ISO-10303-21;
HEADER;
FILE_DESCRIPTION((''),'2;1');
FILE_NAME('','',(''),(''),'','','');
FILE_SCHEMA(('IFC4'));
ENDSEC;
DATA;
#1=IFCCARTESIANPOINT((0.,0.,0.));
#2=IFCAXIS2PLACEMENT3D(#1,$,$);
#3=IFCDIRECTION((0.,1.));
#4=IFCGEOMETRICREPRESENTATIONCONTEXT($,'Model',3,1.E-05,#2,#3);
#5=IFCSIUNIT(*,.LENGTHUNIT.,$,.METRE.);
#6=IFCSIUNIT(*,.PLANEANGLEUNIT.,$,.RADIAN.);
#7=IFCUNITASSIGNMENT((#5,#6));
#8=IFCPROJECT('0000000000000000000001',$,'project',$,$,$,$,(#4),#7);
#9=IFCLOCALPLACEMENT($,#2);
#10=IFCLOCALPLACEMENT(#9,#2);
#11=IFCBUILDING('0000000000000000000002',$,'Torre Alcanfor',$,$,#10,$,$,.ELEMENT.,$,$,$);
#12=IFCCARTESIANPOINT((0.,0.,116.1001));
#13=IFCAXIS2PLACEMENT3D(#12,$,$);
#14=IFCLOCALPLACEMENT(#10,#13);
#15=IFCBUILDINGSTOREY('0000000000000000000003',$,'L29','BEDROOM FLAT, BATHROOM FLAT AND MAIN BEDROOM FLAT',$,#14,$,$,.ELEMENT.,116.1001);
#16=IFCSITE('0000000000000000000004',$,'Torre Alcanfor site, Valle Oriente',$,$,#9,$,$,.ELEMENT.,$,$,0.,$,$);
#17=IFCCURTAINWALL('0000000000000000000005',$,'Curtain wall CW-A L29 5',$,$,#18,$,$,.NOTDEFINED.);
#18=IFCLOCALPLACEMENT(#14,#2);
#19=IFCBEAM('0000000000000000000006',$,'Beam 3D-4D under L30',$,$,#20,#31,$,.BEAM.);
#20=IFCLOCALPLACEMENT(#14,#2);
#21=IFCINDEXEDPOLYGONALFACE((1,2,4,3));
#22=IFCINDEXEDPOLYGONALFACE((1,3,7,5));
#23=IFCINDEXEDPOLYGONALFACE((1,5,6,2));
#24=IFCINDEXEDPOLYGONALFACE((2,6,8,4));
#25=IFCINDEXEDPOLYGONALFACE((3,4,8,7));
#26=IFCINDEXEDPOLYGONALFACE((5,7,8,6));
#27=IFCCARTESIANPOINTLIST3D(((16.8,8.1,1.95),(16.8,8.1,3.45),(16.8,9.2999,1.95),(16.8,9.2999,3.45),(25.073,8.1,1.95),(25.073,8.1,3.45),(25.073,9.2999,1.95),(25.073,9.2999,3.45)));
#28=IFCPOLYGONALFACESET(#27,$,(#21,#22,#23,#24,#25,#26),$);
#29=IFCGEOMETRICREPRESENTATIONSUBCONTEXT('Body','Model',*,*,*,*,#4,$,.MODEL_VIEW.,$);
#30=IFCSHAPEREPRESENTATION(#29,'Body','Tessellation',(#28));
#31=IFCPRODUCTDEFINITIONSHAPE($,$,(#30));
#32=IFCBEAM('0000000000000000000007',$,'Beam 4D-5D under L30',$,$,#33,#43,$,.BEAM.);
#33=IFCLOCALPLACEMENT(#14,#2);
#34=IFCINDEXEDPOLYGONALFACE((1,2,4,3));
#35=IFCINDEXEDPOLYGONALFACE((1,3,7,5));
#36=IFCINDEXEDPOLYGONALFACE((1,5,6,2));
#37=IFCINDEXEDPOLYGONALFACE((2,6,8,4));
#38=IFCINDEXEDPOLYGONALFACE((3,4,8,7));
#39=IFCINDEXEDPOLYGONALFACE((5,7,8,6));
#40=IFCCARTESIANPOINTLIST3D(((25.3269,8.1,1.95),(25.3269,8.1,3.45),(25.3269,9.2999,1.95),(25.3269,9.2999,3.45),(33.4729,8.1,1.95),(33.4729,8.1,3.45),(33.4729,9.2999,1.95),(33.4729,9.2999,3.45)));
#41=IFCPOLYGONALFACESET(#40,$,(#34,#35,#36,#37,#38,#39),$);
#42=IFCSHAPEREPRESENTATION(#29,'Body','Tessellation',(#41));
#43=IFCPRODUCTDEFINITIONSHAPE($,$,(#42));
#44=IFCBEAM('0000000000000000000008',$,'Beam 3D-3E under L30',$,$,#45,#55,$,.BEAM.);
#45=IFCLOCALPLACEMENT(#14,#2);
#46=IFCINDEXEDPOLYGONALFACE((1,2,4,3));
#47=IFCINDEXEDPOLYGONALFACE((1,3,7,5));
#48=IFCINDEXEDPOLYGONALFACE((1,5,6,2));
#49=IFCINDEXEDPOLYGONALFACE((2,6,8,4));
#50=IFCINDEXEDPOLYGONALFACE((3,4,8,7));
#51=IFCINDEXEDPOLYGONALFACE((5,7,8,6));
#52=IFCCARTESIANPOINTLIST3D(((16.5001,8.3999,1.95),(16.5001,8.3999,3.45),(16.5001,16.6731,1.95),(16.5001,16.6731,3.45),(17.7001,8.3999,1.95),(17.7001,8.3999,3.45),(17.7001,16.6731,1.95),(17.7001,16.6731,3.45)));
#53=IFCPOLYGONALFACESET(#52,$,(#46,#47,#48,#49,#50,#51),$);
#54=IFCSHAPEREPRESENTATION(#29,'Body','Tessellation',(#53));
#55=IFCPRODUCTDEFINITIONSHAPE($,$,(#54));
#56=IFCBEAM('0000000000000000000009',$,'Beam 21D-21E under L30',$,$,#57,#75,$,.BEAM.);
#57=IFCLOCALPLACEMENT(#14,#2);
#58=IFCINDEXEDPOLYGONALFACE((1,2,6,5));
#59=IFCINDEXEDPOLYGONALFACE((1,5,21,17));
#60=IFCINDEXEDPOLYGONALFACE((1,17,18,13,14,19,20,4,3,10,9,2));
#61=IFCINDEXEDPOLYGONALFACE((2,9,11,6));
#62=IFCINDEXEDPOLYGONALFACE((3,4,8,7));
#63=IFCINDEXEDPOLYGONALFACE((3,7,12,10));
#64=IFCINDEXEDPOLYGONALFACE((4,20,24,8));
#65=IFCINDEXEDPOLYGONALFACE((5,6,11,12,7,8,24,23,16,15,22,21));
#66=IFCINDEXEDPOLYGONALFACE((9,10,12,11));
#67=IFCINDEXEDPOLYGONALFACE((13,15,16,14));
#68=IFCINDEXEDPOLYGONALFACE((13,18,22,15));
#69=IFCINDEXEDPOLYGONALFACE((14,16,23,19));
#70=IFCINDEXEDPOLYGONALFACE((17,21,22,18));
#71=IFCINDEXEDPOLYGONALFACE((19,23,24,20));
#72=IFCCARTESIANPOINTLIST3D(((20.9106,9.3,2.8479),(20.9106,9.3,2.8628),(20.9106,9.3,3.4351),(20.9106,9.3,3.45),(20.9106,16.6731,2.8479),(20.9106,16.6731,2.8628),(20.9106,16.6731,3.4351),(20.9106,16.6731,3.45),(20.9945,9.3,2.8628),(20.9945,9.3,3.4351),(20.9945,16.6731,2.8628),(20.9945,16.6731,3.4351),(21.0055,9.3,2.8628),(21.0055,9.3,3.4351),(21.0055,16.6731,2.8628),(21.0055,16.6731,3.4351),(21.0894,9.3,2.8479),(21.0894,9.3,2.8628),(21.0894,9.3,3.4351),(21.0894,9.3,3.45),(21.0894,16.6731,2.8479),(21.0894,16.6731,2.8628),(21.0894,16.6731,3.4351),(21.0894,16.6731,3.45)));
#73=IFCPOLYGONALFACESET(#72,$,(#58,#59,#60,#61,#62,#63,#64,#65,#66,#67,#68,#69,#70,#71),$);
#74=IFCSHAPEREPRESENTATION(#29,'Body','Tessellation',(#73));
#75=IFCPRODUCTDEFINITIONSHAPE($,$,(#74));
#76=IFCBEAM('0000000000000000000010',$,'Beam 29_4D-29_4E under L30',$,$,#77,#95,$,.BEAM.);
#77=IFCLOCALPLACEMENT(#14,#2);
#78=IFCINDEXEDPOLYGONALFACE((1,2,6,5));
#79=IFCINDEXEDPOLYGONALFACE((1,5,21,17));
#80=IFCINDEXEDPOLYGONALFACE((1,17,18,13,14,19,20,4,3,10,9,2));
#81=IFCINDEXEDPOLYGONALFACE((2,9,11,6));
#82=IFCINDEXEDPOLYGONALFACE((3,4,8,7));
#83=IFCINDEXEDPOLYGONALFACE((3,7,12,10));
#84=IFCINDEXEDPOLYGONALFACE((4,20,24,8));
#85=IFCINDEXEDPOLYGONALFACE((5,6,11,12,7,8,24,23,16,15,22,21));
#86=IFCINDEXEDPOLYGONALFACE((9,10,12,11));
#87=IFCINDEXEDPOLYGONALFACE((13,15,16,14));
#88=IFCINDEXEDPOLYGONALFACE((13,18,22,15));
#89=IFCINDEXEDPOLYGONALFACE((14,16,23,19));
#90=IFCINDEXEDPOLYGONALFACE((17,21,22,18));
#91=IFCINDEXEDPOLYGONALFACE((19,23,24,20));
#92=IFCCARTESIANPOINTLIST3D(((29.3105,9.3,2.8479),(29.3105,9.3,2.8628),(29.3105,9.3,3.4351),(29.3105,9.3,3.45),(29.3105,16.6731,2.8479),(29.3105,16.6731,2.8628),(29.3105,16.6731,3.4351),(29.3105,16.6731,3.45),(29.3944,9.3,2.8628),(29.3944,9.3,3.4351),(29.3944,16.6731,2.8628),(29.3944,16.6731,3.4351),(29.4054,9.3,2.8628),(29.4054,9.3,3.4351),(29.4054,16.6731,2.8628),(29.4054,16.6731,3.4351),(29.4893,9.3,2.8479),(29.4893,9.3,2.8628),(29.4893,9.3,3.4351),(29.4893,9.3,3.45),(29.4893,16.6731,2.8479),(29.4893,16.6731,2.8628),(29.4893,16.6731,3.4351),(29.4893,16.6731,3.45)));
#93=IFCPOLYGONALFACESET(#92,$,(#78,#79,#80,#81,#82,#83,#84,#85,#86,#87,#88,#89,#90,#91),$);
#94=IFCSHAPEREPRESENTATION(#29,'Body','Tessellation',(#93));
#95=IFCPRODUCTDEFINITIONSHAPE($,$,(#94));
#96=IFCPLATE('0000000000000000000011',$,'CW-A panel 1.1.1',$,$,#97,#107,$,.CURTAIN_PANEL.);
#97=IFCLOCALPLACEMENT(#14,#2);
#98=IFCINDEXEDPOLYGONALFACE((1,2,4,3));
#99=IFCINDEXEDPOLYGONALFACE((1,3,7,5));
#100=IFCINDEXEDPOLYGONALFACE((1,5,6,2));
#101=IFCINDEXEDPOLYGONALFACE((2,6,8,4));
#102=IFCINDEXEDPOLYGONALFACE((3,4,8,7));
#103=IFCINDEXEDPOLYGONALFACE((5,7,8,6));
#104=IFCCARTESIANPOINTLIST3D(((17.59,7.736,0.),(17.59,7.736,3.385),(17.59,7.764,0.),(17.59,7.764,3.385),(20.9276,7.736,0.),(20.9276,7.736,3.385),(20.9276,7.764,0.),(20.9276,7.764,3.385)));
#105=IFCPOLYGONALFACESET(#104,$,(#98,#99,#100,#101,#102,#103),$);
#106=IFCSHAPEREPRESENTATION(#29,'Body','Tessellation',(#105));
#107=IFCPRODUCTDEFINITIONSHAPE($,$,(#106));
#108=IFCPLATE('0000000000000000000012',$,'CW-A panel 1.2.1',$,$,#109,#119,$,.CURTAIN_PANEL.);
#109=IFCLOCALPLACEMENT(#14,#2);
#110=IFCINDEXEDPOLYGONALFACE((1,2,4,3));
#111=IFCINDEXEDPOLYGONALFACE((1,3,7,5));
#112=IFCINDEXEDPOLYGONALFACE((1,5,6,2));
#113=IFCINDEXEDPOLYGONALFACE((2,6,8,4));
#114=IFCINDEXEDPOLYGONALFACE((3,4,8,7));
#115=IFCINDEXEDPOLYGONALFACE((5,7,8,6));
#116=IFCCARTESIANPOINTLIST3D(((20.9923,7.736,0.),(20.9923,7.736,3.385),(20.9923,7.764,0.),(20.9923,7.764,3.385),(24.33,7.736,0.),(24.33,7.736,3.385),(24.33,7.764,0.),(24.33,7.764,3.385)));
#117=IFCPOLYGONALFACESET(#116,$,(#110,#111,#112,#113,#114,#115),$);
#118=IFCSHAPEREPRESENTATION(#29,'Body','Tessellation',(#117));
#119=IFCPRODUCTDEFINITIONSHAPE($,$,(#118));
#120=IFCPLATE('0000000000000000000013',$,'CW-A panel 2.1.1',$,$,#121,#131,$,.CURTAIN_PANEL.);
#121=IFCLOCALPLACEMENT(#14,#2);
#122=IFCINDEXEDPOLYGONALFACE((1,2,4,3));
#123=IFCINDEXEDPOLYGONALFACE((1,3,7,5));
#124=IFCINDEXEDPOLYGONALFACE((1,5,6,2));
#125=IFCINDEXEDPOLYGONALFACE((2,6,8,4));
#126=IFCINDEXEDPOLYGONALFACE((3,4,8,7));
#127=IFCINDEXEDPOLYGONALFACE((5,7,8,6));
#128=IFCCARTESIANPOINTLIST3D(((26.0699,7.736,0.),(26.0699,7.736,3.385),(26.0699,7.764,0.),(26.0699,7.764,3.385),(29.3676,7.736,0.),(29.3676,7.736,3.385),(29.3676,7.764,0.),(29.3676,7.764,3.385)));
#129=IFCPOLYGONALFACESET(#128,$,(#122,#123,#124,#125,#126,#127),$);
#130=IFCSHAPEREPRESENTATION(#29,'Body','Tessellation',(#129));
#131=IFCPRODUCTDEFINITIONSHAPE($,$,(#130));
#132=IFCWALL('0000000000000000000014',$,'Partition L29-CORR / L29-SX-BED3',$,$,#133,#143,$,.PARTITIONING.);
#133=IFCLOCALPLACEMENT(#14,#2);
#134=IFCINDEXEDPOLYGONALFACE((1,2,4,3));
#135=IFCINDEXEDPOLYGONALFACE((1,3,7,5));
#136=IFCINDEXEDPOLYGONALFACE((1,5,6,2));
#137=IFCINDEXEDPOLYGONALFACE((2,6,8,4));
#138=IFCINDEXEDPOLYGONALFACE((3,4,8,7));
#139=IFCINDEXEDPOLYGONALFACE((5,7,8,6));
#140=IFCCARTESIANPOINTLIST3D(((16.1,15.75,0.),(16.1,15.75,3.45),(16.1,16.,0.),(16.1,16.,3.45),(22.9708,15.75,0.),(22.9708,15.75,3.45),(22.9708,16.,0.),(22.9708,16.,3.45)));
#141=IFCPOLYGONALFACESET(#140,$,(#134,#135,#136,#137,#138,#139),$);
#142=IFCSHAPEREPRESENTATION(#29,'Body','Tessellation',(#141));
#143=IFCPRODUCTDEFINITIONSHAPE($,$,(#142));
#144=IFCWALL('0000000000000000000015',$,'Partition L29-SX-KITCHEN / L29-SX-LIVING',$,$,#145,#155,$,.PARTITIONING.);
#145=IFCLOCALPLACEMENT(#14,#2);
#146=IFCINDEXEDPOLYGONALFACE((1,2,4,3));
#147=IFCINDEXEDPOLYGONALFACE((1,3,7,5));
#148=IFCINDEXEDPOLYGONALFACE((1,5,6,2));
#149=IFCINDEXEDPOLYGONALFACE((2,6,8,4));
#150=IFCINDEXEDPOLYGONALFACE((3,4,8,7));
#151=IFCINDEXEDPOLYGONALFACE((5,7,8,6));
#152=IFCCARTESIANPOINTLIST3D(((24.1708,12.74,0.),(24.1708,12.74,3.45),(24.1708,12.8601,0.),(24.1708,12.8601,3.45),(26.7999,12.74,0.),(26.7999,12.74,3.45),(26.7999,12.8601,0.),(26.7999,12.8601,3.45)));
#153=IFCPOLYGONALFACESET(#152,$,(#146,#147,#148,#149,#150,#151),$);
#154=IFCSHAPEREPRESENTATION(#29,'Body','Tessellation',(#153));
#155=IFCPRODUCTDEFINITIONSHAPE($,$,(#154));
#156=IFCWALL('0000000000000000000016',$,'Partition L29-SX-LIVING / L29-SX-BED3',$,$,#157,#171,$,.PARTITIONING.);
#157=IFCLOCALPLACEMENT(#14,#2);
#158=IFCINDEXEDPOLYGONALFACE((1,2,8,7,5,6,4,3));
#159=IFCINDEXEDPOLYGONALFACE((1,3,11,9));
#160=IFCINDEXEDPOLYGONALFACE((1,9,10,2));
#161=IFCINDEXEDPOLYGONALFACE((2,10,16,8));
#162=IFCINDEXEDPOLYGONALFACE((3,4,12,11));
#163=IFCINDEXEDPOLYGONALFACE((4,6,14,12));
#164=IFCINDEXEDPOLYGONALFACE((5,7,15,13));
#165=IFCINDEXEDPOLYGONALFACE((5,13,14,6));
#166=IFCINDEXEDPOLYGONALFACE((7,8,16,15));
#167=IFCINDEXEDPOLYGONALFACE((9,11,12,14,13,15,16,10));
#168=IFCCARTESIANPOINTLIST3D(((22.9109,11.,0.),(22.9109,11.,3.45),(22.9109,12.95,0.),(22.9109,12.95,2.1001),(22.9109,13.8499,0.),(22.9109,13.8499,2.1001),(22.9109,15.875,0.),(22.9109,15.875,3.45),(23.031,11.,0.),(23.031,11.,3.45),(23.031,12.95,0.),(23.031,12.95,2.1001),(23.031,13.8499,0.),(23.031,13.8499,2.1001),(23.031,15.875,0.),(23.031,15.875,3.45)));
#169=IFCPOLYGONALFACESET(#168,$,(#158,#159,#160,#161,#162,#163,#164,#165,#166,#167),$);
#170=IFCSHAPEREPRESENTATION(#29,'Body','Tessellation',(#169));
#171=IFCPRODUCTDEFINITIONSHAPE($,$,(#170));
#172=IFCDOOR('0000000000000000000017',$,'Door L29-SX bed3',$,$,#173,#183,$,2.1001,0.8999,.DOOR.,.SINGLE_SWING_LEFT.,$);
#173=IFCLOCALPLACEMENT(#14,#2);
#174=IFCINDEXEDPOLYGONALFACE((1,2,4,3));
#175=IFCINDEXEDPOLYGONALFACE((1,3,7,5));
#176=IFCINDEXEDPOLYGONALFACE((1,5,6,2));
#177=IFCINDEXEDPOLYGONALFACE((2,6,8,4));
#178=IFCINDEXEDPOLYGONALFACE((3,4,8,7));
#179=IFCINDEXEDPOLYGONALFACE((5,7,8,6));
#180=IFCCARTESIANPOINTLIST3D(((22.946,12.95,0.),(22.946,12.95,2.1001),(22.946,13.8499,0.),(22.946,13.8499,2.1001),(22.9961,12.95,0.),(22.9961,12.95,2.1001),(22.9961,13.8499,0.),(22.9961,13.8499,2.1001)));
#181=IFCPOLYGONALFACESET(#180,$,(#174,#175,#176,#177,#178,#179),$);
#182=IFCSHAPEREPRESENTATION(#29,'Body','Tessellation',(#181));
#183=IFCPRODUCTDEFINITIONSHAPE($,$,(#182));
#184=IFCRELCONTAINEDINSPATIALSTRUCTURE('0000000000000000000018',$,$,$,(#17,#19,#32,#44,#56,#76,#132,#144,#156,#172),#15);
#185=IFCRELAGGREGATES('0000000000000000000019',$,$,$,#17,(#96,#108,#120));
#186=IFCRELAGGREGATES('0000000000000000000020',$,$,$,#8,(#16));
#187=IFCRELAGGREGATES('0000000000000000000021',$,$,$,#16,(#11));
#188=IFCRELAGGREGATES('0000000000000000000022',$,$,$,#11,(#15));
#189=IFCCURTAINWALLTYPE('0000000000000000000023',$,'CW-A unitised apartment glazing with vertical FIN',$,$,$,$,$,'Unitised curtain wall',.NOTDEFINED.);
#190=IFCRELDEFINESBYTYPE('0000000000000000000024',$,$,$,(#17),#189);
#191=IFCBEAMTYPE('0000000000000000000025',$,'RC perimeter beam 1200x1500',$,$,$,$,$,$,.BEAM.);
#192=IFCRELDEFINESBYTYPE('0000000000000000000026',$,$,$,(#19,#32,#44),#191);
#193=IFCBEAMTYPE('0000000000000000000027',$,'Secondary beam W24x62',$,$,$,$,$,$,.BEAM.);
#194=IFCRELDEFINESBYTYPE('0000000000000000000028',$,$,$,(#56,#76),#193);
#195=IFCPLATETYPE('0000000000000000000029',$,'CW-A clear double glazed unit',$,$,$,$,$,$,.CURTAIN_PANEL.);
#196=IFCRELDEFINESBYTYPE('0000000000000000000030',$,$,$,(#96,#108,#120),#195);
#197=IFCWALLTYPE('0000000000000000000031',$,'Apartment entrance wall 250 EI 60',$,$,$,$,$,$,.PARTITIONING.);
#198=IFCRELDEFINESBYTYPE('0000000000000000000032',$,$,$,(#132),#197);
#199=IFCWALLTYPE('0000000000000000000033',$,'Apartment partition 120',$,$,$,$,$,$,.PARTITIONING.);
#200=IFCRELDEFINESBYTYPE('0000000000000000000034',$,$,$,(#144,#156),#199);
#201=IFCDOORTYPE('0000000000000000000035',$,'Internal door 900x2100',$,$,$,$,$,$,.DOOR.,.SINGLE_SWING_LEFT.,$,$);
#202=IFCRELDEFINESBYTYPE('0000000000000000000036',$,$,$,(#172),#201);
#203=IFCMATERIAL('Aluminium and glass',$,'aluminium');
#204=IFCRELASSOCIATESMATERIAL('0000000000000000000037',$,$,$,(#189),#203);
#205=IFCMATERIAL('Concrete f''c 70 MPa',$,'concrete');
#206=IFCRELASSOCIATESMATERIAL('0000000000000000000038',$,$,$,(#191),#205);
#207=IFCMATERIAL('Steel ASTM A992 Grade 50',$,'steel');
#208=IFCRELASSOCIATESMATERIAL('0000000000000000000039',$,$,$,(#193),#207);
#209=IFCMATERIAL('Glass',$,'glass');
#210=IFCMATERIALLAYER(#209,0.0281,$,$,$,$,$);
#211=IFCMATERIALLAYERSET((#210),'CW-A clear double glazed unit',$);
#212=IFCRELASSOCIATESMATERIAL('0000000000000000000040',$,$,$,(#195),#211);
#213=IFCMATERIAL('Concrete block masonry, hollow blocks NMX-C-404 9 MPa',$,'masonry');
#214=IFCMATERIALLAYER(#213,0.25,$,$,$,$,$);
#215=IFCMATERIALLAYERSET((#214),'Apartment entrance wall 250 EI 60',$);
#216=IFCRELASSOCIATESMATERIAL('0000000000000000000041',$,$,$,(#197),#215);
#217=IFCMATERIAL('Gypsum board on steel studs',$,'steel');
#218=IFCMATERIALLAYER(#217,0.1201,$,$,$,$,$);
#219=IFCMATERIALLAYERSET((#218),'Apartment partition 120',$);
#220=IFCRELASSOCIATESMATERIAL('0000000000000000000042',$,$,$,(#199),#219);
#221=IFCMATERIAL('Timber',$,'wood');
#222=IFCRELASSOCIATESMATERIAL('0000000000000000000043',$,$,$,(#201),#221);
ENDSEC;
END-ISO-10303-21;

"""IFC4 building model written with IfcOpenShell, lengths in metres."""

from ifc_helpers import new_model, si_unit, direction, frame, frame_2d, origin, origin_2d, place, context, subcontext, project, spatial, rectangle, i_section, extrude, material, layer, layer_set, material_profile, profile_set, type_object, element, fill, aggregate, save


model = new_model("IFC4")

# Units and contexts
model_context = context("Model", 3, precision=1e-05, world=origin(), true_north=direction((0.0, 1.0)))
body_context = subcontext(model_context, "Body", "Model", "MODEL_VIEW")
ifc_project = project(units=[si_unit("LENGTHUNIT", "METRE"), si_unit("PLANEANGLEUNIT", "RADIAN")], contexts=[model_context])

# Site, building, storey
site_placement = place(None, origin())
site = spatial("IfcSite", under=ifc_project, at=site_placement, Name="Torre Alcanfor site, Valle Oriente", CompositionType="ELEMENT", RefElevation=0.0)
building_placement = place(site_placement, origin())
building = spatial("IfcBuilding", under=site, at=building_placement, Name="Torre Alcanfor", CompositionType="ELEMENT")
storey_placement = place(building_placement, frame((0.0, 0.0, 116.1001)))
storey = spatial("IfcBuildingStorey", under=building, at=storey_placement, Name="L29", Description="BEDROOM FLAT, BATHROOM FLAT AND MAIN BEDROOM FLAT", CompositionType="ELEMENT", Elevation=116.1001)

# Curtain wall
ifc_material_1 = material(Name="Aluminium and glass", Category="aluminium")
curtain_wall_type = type_object("IfcCurtainWallType", Name="CW-A unitised apartment glazing with vertical FIN", ElementType="Unitised curtain wall", PredefinedType="NOTDEFINED", material=ifc_material_1)
curtain_wall_placement = place(storey_placement, origin())
curtain_wall = element("IfcCurtainWall", 1, at=curtain_wall_placement, inside=storey, type_object=curtain_wall_type, Name="Curtain wall CW-A L29 5", PredefinedType="NOTDEFINED")

# Beams
ifc_material_2 = material(Name="Concrete f'c 70 MPa", Category="concrete")
ifc_material_profile_1 = material_profile(ifc_material_2, rectangle(XDim=1.2, YDim=1.5, at=origin_2d()), Name="1200x1500")
ifc_profile_set_1 = profile_set([ifc_material_profile_1], Name="Concrete f'c 70 MPa")
beam_type_1 = type_object("IfcBeamType", Name="RC perimeter beam 1200x1500", PredefinedType="BEAM", material=ifc_profile_set_1)
beam_1_placement = place(storey_placement, frame((16.8, 8.7, 2.7), z_axis=(1.0, 0.0, 0.0), x_axis=(0.0, 1.0, 0.0)))
element("IfcBeam", 2, at=beam_1_placement, inside=storey, type_object=beam_type_1, Name="Beam 3D-4D under L30", PredefinedType="BEAM", context=body_context, shape_type="SweptSolid", body=[
    extrude(rectangle(XDim=1.2, YDim=1.5, at=origin_2d()), origin(), (0.0, 0.0, 1.0), 8.2729),
])
beam_2_placement = place(storey_placement, frame((25.3269, 8.7, 2.7), z_axis=(1.0, 0.0, 0.0), x_axis=(0.0, 1.0, 0.0)))
element("IfcBeam", 3, at=beam_2_placement, inside=storey, type_object=beam_type_1, Name="Beam 4D-5D under L30", PredefinedType="BEAM", context=body_context, shape_type="SweptSolid", body=[
    extrude(rectangle(XDim=1.2, YDim=1.5, at=origin_2d()), origin(), (0.0, 0.0, 1.0), 8.146),
])
beam_3_placement = place(storey_placement, frame((17.1001, 8.3999, 2.7), z_axis=(0.0, 1.0, 0.0), x_axis=(-1.0, 0.0, 0.0)))
element("IfcBeam", 4, at=beam_3_placement, inside=storey, type_object=beam_type_1, Name="Beam 3D-3E under L30", PredefinedType="BEAM", context=body_context, shape_type="SweptSolid", body=[
    extrude(rectangle(XDim=1.2, YDim=1.5, at=origin_2d()), origin(), (0.0, 0.0, 1.0), 8.2732),
])
ifc_material_3 = material(Name="Steel ASTM A992 Grade 50", Category="steel")
ifc_material_profile_2 = material_profile(ifc_material_3, i_section(OverallWidth=0.1787, OverallDepth=0.6021, WebThickness=0.011, FlangeThickness=0.0149, at=origin_2d()), Name="W24x62")
ifc_profile_set_2 = profile_set([ifc_material_profile_2], Name="Steel ASTM A992 Grade 50")
beam_type_2 = type_object("IfcBeamType", Name="Secondary beam W24x62", PredefinedType="BEAM", material=ifc_profile_set_2)
for number, where, z_axis, x_axis, name in (
    (5, (21.0, 9.3, 3.1489), (0.0, 1.0, 0.0), (-1.0, 0.0, 0.0), "Beam 21D-21E under L30"),
    (6, (29.3999, 9.3, 3.1489), (0.0, 1.0, 0.0), (-1.0, 0.0, 0.0), "Beam 29_4D-29_4E under L30"),
):
    element("IfcBeam", number, at=place(storey_placement, frame(where, z_axis=z_axis, x_axis=x_axis)), inside=storey, type_object=beam_type_2, Name=name, PredefinedType="BEAM", context=body_context, shape_type="SweptSolid", body=[
        extrude(i_section(OverallWidth=0.1787, OverallDepth=0.6021, WebThickness=0.011, FlangeThickness=0.0149, at=origin_2d()), origin(), (0.0, 0.0, 1.0), 7.373),
    ])

# Plates
ifc_material_4 = material(Name="Glass", Category="glass")
ifc_layer_1 = layer(ifc_material_4, 0.0281)
ifc_layer_set_1 = layer_set([ifc_layer_1], Name="CW-A clear double glazed unit")
plate_type = type_object("IfcPlateType", Name="CW-A clear double glazed unit", PredefinedType="CURTAIN_PANEL", material=ifc_layer_set_1)
plate_1_placement = place(storey_placement, frame((19.2588, 7.75, 0.0), z_axis=(0.0, 0.0, 1.0), x_axis=(1.0, 0.0, 0.0)))
plate_1 = element("IfcPlate", 7, at=plate_1_placement, type_object=plate_type, Name="CW-A panel 1.1.1", PredefinedType="CURTAIN_PANEL", context=body_context, shape_type="SweptSolid", body=[
    extrude(rectangle(XDim=3.3376, YDim=0.0281, at=origin_2d()), origin(), (0.0, 0.0, 1.0), 3.385),
])
plate_2_placement = place(storey_placement, frame((22.6611, 7.75, 0.0), z_axis=(0.0, 0.0, 1.0), x_axis=(1.0, 0.0, 0.0)))
plate_2 = element("IfcPlate", 8, at=plate_2_placement, type_object=plate_type, Name="CW-A panel 1.2.1", PredefinedType="CURTAIN_PANEL", context=body_context, shape_type="SweptSolid", body=[
    extrude(rectangle(XDim=3.3376, YDim=0.0281, at=origin_2d()), origin(), (0.0, 0.0, 1.0), 3.385),
])
plate_3_placement = place(storey_placement, frame((27.7188, 7.75, 0.0), z_axis=(0.0, 0.0, 1.0), x_axis=(1.0, 0.0, 0.0)))
plate_3 = element("IfcPlate", 9, at=plate_3_placement, type_object=plate_type, Name="CW-A panel 2.1.1", PredefinedType="CURTAIN_PANEL", context=body_context, shape_type="SweptSolid", body=[
    extrude(rectangle(XDim=3.2976, YDim=0.0281, at=origin_2d()), origin(), (0.0, 0.0, 1.0), 3.385),
])
aggregate(curtain_wall, [plate_1, plate_2, plate_3])

# Walls
ifc_material_5 = material(Name="Concrete block masonry, hollow blocks NMX-C-404 9 MPa", Category="masonry")
ifc_layer_2 = layer(ifc_material_5, 0.25)
ifc_layer_set_2 = layer_set([ifc_layer_2], Name="Apartment entrance wall 250 EI 60")
wall_type_1 = type_object("IfcWallType", Name="Apartment entrance wall 250 EI 60", PredefinedType="PARTITIONING", material=ifc_layer_set_2)
wall_1_placement = place(storey_placement, frame((22.9709, 15.875, 0.0), z_axis=(0.0, 0.0, 1.0), x_axis=(-1.0, 0.0, 0.0)))
element("IfcWall", 10, at=wall_1_placement, inside=storey, type_object=wall_type_1, Name="Partition L29-CORR / L29-SX-BED3", PredefinedType="PARTITIONING", context=body_context, shape_type="SweptSolid", body=[
    extrude(rectangle(XDim=6.8708, YDim=0.25, at=frame_2d((3.4355, 0.0))), origin(), (0.0, 0.0, 1.0), 3.45),
])
ifc_material_6 = material(Name="Gypsum board on steel studs", Category="steel")
ifc_layer_3 = layer(ifc_material_6, 0.1201)
ifc_layer_set_3 = layer_set([ifc_layer_3], Name="Apartment partition 120")
wall_type_2 = type_object("IfcWallType", Name="Apartment partition 120", PredefinedType="PARTITIONING", material=ifc_layer_set_3)
wall_2_placement = place(storey_placement, frame((24.1709, 12.8, 0.0), z_axis=(0.0, 0.0, 1.0), x_axis=(1.0, 0.0, 0.0)))
element("IfcWall", 11, at=wall_2_placement, inside=storey, type_object=wall_type_2, Name="Partition L29-SX-KITCHEN / L29-SX-LIVING", PredefinedType="PARTITIONING", context=body_context, shape_type="SweptSolid", body=[
    extrude(rectangle(XDim=2.6292, YDim=0.1201, at=frame_2d((1.3145, 0.0))), origin(), (0.0, 0.0, 1.0), 3.45),
])

# Wall, opening, door
wall_3_placement = place(storey_placement, frame((22.9709, 11.0, 0.0), z_axis=(0.0, 0.0, 1.0), x_axis=(0.0, 1.0, 0.0)))
wall_3 = element("IfcWall", 12, at=wall_3_placement, inside=storey, type_object=wall_type_2, Name="Partition L29-SX-LIVING / L29-SX-BED3", PredefinedType="PARTITIONING", context=body_context, shape_type="SweptSolid", body=[
    extrude(rectangle(XDim=4.875, YDim=0.1201, at=frame_2d((2.4375, 0.0))), origin(), (0.0, 0.0, 1.0), 3.45),
])
opening_1_placement = place(wall_3_placement, frame((1.95, 0.0, 0.0)))
opening_1 = element("IfcOpeningElement", 13, at=opening_1_placement, cuts=wall_3, PredefinedType="OPENING", context=body_context, shape_type="SweptSolid", body=[
    extrude(rectangle(XDim=0.8999, YDim=2.1001, at=frame_2d((0.45, 1.05))), frame((0.0, 0.0701, 0.0), z_axis=(0.0, -1.0, 0.0), x_axis=(1.0, 0.0, 0.0)), (0.0, 0.0, 1.0), 0.1401),
])
ifc_material_7 = material(Name="Timber", Category="wood")
door_type_1 = type_object("IfcDoorType", Name="Internal door 900x2100", OperationType="SINGLE_SWING_LEFT", PredefinedType="DOOR", material=ifc_material_7)
door_1_placement = place(opening_1_placement, origin())
door_1 = element("IfcDoor", 14, at=door_1_placement, inside=storey, type_object=door_type_1, Name="Door L29-SX bed3", OperationType="SINGLE_SWING_LEFT", OverallHeight=2.1001, OverallWidth=0.8999, PredefinedType="DOOR", context=body_context, shape_type="SweptSolid", body=[
    extrude(rectangle(XDim=0.8999, YDim=2.1001, at=frame_2d((0.45, 1.05))), frame((0.0, 0.0249, 0.0), z_axis=(0.0, -1.0, 0.0), x_axis=(1.0, 0.0, 0.0)), (0.0, 0.0, 1.0), 0.05),
])
fill(opening_1, door_1)

save(model, "model.ifc")
